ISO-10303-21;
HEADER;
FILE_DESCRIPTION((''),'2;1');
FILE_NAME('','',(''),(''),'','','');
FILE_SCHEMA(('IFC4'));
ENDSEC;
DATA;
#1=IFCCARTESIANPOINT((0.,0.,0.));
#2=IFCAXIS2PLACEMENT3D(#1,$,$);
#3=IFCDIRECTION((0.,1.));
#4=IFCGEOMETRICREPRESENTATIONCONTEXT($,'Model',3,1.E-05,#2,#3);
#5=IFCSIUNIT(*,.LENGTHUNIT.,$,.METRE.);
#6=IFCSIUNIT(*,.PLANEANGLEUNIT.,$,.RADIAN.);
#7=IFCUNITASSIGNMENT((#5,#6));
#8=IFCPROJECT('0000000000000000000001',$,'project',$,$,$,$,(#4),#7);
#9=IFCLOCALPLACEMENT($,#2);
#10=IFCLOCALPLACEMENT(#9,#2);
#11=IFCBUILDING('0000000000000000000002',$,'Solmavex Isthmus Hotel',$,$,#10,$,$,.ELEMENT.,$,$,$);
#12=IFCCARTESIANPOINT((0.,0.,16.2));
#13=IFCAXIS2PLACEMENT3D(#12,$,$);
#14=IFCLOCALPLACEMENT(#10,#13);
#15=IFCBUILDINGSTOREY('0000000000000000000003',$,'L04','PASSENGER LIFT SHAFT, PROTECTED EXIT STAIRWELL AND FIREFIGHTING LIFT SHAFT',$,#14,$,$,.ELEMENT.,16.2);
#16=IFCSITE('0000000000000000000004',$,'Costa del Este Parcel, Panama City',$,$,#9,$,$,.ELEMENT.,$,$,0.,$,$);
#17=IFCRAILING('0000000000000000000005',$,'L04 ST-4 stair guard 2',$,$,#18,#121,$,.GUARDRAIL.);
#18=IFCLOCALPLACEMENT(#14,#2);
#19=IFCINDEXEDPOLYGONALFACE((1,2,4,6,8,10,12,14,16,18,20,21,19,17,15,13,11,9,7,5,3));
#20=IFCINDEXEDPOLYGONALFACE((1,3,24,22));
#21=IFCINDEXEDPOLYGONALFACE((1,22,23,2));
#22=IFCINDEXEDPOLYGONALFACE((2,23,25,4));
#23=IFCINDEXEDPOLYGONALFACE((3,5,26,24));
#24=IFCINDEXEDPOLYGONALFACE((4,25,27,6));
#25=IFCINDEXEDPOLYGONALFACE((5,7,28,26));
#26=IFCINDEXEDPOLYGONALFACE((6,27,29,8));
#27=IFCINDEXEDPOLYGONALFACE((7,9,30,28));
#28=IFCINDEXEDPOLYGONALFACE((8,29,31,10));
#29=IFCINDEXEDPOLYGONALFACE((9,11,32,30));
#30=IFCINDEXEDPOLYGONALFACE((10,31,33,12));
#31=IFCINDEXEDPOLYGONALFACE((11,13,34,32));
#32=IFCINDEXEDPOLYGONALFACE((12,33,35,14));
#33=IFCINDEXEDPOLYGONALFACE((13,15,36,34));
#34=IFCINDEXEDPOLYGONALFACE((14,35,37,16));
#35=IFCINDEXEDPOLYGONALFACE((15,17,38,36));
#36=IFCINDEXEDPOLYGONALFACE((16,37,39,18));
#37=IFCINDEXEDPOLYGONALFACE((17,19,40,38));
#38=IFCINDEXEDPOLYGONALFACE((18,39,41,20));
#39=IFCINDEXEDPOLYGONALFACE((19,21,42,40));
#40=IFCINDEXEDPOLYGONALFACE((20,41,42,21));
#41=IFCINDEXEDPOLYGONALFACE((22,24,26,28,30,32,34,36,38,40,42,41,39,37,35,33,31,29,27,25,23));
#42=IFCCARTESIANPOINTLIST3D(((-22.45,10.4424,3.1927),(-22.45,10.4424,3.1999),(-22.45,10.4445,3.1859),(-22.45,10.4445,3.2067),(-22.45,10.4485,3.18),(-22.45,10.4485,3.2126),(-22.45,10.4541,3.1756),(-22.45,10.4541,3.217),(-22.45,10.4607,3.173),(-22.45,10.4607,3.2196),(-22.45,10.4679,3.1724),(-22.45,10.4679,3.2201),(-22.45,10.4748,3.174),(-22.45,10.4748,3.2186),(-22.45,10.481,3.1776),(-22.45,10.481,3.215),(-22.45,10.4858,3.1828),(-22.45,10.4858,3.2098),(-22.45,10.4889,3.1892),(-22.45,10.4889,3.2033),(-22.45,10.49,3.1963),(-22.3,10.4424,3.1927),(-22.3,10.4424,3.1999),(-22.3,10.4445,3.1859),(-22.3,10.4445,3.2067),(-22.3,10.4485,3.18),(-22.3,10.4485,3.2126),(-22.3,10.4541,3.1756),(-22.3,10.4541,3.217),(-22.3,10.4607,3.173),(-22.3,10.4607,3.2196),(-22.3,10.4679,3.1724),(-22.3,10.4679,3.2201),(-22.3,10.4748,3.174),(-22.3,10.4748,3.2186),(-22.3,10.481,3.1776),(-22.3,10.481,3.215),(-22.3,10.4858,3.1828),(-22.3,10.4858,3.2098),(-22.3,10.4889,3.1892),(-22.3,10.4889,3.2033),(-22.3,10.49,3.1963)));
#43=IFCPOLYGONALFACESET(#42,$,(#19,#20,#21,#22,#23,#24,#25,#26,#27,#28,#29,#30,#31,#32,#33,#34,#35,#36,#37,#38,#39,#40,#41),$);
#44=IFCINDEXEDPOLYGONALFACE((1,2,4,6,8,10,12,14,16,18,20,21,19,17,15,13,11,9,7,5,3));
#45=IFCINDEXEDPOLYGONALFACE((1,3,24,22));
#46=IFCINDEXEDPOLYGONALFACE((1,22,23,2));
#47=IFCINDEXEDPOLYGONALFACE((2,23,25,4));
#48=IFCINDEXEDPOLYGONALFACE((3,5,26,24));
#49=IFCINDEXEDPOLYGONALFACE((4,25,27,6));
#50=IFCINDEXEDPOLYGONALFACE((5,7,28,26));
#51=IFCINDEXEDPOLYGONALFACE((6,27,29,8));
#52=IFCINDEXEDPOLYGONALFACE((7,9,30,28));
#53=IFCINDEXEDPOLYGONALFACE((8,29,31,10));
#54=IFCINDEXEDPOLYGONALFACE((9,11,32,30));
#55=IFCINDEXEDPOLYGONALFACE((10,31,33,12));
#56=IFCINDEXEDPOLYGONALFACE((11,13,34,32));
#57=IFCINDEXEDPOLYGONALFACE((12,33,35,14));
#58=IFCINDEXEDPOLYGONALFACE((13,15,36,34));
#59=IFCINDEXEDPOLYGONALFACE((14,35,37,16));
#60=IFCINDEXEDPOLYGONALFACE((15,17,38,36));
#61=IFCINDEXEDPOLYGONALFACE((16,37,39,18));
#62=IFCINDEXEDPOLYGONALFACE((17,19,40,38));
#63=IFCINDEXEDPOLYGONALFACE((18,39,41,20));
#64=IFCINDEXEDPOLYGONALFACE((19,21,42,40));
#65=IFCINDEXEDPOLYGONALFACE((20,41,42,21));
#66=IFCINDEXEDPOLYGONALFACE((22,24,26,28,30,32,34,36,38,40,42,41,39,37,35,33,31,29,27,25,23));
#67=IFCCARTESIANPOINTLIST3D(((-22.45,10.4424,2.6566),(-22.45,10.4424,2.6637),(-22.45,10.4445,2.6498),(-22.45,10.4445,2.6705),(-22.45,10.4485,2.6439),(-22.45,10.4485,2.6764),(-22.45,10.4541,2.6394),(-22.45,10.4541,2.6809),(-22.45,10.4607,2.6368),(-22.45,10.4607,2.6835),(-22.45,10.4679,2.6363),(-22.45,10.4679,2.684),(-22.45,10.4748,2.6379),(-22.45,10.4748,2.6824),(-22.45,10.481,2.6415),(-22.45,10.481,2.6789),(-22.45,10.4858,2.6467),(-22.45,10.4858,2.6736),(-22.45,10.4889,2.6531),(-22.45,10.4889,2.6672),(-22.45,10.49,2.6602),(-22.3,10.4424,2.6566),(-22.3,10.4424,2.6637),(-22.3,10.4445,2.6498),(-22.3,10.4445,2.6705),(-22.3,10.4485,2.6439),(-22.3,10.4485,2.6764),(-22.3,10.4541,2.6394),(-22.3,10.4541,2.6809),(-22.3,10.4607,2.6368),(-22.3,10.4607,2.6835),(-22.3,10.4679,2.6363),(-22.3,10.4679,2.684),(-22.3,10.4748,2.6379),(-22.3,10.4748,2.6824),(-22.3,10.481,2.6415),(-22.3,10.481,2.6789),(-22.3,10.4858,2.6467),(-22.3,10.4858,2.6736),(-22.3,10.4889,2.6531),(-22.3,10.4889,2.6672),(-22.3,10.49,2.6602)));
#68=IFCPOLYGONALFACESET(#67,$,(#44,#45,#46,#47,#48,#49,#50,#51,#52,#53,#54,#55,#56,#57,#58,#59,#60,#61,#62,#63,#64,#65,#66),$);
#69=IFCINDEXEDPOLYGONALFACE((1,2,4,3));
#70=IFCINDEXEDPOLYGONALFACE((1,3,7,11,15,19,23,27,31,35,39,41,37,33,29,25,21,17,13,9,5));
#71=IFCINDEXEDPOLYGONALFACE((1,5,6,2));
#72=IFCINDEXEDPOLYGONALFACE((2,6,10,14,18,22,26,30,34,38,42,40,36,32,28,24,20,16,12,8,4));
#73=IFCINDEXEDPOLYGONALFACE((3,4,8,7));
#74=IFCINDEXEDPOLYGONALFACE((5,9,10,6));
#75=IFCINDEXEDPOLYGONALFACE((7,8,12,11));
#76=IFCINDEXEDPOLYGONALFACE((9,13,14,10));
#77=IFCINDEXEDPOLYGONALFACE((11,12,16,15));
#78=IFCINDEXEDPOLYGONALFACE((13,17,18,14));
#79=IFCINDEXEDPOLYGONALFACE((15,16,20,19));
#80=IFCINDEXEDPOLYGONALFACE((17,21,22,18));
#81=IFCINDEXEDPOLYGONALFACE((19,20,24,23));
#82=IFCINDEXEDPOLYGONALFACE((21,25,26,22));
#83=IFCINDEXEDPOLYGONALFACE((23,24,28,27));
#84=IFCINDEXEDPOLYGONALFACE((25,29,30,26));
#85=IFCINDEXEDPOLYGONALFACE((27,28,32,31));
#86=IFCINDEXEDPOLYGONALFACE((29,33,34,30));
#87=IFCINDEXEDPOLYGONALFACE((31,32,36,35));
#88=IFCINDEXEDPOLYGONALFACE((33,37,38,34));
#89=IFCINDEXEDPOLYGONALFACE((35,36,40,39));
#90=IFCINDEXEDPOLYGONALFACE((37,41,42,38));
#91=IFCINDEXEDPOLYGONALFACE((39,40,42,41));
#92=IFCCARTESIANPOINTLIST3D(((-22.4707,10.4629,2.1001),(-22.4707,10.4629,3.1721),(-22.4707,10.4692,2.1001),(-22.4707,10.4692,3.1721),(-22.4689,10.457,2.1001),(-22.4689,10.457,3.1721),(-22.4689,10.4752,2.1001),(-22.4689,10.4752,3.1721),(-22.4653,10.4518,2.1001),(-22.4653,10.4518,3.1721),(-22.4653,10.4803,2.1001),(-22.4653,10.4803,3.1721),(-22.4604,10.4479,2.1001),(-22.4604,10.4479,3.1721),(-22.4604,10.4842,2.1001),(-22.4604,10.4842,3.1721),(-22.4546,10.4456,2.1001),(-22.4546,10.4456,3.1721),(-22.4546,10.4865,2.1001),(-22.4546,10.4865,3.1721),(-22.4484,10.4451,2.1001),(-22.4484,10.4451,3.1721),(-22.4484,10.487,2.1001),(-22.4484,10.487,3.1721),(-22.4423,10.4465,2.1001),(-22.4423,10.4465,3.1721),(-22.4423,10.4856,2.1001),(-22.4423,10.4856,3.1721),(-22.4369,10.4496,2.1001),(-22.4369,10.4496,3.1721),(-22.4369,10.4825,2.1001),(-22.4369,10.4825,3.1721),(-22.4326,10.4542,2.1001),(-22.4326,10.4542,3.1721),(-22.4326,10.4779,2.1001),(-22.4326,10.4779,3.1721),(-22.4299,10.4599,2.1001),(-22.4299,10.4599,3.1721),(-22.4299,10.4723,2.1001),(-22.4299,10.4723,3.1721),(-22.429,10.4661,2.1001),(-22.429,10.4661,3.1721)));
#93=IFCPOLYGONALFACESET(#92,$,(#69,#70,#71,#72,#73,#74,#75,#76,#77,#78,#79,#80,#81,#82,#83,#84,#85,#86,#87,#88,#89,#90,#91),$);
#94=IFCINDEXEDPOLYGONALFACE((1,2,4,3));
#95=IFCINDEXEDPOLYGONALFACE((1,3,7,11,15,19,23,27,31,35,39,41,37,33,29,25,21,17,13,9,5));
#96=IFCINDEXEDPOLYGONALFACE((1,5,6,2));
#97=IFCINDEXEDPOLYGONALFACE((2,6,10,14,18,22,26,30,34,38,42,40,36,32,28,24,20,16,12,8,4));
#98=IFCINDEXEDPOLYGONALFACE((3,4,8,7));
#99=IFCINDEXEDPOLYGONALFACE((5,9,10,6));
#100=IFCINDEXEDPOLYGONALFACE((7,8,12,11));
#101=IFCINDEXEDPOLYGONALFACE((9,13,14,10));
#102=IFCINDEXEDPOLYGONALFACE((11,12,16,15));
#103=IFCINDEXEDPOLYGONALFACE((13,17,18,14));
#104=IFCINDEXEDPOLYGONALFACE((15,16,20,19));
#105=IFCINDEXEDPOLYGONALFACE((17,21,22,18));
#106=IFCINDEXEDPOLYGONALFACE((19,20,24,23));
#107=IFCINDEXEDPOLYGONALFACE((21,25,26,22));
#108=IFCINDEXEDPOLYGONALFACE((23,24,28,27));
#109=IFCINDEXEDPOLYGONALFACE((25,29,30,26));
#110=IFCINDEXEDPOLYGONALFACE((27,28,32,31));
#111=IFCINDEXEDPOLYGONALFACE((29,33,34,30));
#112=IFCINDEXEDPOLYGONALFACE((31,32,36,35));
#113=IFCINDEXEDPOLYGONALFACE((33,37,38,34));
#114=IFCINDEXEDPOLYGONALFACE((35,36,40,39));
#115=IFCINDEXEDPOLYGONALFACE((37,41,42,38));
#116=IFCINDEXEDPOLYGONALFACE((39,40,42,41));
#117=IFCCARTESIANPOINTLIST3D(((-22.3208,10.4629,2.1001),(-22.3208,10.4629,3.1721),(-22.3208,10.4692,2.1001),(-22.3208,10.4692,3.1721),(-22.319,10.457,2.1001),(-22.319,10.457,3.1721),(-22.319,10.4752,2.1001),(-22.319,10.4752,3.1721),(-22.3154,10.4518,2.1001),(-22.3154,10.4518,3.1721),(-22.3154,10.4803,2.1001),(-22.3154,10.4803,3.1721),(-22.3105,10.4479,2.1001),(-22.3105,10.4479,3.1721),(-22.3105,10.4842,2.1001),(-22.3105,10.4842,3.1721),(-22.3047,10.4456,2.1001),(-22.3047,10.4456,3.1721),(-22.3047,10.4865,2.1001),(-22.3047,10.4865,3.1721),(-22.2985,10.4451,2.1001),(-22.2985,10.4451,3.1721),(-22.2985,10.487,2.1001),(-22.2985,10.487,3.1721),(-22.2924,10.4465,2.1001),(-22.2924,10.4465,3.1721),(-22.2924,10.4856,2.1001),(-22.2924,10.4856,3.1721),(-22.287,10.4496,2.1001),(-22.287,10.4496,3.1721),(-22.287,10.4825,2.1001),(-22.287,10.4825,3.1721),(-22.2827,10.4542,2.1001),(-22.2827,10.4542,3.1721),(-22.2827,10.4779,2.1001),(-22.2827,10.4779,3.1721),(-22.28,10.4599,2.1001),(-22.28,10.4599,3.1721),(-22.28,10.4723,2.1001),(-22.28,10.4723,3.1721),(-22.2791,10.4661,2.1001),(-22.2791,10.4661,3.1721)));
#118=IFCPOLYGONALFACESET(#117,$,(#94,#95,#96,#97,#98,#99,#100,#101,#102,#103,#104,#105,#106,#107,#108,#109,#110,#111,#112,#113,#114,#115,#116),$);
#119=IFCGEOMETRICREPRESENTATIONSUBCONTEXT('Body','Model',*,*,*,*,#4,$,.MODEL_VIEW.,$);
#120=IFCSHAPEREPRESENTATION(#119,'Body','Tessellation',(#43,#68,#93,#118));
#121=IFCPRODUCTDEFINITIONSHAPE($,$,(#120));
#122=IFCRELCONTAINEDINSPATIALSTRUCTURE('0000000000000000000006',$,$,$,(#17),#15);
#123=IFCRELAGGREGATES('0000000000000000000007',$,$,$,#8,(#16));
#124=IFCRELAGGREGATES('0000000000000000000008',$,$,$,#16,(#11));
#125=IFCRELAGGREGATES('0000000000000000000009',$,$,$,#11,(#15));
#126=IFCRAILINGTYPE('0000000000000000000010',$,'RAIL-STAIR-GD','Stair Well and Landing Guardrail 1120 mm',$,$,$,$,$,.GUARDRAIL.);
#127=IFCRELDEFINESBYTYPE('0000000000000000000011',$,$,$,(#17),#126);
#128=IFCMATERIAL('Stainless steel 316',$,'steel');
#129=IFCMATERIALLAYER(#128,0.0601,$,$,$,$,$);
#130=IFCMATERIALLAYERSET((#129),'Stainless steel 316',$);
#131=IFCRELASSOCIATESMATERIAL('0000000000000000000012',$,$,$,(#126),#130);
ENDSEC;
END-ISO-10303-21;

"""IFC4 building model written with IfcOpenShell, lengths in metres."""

from ifc_helpers import new_model, si_unit, direction, frame, origin, origin_2d, place, context, subcontext, project, spatial, circle, extrude, material, layer, layer_set, type_object, element, save


model = new_model("IFC4")

# Units and contexts
model_context = context("Model", 3, precision=1e-05, world=origin(), true_north=direction((0.0, 1.0)))
body_context = subcontext(model_context, "Body", "Model", "MODEL_VIEW")
ifc_project = project(units=[si_unit("LENGTHUNIT", "METRE"), si_unit("PLANEANGLEUNIT", "RADIAN")], contexts=[model_context])

# Site, building, storey
site_placement = place(None, origin())
site = spatial("IfcSite", under=ifc_project, at=site_placement, Name="Costa del Este Parcel, Panama City", CompositionType="ELEMENT", RefElevation=0.0)
building_placement = place(site_placement, origin())
building = spatial("IfcBuilding", under=site, at=building_placement, Name="Solmavex Isthmus Hotel", CompositionType="ELEMENT")
storey_placement = place(building_placement, frame((0.0, 0.0, 16.2)))
storey = spatial("IfcBuildingStorey", under=building, at=storey_placement, Name="L04", Description="PASSENGER LIFT SHAFT, PROTECTED EXIT STAIRWELL AND FIREFIGHTING LIFT SHAFT", CompositionType="ELEMENT", Elevation=16.2)

# Railing
ifc_material_1 = material(Name="Stainless steel 316", Category="steel")
ifc_layer_1 = layer(ifc_material_1, 0.0601)
ifc_layer_set_1 = layer_set([ifc_layer_1], Name="Stainless steel 316")
railing_type_1 = type_object("IfcRailingType", Name="RAIL-STAIR-GD", Description="Stair Well and Landing Guardrail 1120 mm", PredefinedType="GUARDRAIL", material=ifc_layer_set_1)
railing_1_placement = place(storey_placement, frame((-22.45, 10.4661, 2.1001)))
element("IfcRailing", 1, at=railing_1_placement, inside=storey, type_object=railing_type_1, Name="L04 ST-4 stair guard 2", PredefinedType="GUARDRAIL", context=body_context, shape_type="SweptSolid", body=[
    extrude(circle(Radius=0.0239, at=origin_2d()), frame((0.0, 0.0, 1.0962), z_axis=(1.0, 0.0, 0.0), x_axis=(0.0, 1.0, 0.0)), (0.0, 0.0, 1.0), 0.1499),
    extrude(circle(Radius=0.0239, at=origin_2d()), frame((0.0, 0.0, 0.5601), z_axis=(1.0, 0.0, 0.0), x_axis=(0.0, 1.0, 0.0)), (0.0, 0.0, 1.0), 0.1499),
    extrude(circle(Radius=0.021, at=origin_2d()), origin(), (0.0, 0.0, 1.0), 1.072),
    extrude(circle(Radius=0.021, at=origin_2d()), frame((0.1499, 0.0, 0.0)), (0.0, 0.0, 1.0), 1.072),
])

save(model, "model.ifc")
